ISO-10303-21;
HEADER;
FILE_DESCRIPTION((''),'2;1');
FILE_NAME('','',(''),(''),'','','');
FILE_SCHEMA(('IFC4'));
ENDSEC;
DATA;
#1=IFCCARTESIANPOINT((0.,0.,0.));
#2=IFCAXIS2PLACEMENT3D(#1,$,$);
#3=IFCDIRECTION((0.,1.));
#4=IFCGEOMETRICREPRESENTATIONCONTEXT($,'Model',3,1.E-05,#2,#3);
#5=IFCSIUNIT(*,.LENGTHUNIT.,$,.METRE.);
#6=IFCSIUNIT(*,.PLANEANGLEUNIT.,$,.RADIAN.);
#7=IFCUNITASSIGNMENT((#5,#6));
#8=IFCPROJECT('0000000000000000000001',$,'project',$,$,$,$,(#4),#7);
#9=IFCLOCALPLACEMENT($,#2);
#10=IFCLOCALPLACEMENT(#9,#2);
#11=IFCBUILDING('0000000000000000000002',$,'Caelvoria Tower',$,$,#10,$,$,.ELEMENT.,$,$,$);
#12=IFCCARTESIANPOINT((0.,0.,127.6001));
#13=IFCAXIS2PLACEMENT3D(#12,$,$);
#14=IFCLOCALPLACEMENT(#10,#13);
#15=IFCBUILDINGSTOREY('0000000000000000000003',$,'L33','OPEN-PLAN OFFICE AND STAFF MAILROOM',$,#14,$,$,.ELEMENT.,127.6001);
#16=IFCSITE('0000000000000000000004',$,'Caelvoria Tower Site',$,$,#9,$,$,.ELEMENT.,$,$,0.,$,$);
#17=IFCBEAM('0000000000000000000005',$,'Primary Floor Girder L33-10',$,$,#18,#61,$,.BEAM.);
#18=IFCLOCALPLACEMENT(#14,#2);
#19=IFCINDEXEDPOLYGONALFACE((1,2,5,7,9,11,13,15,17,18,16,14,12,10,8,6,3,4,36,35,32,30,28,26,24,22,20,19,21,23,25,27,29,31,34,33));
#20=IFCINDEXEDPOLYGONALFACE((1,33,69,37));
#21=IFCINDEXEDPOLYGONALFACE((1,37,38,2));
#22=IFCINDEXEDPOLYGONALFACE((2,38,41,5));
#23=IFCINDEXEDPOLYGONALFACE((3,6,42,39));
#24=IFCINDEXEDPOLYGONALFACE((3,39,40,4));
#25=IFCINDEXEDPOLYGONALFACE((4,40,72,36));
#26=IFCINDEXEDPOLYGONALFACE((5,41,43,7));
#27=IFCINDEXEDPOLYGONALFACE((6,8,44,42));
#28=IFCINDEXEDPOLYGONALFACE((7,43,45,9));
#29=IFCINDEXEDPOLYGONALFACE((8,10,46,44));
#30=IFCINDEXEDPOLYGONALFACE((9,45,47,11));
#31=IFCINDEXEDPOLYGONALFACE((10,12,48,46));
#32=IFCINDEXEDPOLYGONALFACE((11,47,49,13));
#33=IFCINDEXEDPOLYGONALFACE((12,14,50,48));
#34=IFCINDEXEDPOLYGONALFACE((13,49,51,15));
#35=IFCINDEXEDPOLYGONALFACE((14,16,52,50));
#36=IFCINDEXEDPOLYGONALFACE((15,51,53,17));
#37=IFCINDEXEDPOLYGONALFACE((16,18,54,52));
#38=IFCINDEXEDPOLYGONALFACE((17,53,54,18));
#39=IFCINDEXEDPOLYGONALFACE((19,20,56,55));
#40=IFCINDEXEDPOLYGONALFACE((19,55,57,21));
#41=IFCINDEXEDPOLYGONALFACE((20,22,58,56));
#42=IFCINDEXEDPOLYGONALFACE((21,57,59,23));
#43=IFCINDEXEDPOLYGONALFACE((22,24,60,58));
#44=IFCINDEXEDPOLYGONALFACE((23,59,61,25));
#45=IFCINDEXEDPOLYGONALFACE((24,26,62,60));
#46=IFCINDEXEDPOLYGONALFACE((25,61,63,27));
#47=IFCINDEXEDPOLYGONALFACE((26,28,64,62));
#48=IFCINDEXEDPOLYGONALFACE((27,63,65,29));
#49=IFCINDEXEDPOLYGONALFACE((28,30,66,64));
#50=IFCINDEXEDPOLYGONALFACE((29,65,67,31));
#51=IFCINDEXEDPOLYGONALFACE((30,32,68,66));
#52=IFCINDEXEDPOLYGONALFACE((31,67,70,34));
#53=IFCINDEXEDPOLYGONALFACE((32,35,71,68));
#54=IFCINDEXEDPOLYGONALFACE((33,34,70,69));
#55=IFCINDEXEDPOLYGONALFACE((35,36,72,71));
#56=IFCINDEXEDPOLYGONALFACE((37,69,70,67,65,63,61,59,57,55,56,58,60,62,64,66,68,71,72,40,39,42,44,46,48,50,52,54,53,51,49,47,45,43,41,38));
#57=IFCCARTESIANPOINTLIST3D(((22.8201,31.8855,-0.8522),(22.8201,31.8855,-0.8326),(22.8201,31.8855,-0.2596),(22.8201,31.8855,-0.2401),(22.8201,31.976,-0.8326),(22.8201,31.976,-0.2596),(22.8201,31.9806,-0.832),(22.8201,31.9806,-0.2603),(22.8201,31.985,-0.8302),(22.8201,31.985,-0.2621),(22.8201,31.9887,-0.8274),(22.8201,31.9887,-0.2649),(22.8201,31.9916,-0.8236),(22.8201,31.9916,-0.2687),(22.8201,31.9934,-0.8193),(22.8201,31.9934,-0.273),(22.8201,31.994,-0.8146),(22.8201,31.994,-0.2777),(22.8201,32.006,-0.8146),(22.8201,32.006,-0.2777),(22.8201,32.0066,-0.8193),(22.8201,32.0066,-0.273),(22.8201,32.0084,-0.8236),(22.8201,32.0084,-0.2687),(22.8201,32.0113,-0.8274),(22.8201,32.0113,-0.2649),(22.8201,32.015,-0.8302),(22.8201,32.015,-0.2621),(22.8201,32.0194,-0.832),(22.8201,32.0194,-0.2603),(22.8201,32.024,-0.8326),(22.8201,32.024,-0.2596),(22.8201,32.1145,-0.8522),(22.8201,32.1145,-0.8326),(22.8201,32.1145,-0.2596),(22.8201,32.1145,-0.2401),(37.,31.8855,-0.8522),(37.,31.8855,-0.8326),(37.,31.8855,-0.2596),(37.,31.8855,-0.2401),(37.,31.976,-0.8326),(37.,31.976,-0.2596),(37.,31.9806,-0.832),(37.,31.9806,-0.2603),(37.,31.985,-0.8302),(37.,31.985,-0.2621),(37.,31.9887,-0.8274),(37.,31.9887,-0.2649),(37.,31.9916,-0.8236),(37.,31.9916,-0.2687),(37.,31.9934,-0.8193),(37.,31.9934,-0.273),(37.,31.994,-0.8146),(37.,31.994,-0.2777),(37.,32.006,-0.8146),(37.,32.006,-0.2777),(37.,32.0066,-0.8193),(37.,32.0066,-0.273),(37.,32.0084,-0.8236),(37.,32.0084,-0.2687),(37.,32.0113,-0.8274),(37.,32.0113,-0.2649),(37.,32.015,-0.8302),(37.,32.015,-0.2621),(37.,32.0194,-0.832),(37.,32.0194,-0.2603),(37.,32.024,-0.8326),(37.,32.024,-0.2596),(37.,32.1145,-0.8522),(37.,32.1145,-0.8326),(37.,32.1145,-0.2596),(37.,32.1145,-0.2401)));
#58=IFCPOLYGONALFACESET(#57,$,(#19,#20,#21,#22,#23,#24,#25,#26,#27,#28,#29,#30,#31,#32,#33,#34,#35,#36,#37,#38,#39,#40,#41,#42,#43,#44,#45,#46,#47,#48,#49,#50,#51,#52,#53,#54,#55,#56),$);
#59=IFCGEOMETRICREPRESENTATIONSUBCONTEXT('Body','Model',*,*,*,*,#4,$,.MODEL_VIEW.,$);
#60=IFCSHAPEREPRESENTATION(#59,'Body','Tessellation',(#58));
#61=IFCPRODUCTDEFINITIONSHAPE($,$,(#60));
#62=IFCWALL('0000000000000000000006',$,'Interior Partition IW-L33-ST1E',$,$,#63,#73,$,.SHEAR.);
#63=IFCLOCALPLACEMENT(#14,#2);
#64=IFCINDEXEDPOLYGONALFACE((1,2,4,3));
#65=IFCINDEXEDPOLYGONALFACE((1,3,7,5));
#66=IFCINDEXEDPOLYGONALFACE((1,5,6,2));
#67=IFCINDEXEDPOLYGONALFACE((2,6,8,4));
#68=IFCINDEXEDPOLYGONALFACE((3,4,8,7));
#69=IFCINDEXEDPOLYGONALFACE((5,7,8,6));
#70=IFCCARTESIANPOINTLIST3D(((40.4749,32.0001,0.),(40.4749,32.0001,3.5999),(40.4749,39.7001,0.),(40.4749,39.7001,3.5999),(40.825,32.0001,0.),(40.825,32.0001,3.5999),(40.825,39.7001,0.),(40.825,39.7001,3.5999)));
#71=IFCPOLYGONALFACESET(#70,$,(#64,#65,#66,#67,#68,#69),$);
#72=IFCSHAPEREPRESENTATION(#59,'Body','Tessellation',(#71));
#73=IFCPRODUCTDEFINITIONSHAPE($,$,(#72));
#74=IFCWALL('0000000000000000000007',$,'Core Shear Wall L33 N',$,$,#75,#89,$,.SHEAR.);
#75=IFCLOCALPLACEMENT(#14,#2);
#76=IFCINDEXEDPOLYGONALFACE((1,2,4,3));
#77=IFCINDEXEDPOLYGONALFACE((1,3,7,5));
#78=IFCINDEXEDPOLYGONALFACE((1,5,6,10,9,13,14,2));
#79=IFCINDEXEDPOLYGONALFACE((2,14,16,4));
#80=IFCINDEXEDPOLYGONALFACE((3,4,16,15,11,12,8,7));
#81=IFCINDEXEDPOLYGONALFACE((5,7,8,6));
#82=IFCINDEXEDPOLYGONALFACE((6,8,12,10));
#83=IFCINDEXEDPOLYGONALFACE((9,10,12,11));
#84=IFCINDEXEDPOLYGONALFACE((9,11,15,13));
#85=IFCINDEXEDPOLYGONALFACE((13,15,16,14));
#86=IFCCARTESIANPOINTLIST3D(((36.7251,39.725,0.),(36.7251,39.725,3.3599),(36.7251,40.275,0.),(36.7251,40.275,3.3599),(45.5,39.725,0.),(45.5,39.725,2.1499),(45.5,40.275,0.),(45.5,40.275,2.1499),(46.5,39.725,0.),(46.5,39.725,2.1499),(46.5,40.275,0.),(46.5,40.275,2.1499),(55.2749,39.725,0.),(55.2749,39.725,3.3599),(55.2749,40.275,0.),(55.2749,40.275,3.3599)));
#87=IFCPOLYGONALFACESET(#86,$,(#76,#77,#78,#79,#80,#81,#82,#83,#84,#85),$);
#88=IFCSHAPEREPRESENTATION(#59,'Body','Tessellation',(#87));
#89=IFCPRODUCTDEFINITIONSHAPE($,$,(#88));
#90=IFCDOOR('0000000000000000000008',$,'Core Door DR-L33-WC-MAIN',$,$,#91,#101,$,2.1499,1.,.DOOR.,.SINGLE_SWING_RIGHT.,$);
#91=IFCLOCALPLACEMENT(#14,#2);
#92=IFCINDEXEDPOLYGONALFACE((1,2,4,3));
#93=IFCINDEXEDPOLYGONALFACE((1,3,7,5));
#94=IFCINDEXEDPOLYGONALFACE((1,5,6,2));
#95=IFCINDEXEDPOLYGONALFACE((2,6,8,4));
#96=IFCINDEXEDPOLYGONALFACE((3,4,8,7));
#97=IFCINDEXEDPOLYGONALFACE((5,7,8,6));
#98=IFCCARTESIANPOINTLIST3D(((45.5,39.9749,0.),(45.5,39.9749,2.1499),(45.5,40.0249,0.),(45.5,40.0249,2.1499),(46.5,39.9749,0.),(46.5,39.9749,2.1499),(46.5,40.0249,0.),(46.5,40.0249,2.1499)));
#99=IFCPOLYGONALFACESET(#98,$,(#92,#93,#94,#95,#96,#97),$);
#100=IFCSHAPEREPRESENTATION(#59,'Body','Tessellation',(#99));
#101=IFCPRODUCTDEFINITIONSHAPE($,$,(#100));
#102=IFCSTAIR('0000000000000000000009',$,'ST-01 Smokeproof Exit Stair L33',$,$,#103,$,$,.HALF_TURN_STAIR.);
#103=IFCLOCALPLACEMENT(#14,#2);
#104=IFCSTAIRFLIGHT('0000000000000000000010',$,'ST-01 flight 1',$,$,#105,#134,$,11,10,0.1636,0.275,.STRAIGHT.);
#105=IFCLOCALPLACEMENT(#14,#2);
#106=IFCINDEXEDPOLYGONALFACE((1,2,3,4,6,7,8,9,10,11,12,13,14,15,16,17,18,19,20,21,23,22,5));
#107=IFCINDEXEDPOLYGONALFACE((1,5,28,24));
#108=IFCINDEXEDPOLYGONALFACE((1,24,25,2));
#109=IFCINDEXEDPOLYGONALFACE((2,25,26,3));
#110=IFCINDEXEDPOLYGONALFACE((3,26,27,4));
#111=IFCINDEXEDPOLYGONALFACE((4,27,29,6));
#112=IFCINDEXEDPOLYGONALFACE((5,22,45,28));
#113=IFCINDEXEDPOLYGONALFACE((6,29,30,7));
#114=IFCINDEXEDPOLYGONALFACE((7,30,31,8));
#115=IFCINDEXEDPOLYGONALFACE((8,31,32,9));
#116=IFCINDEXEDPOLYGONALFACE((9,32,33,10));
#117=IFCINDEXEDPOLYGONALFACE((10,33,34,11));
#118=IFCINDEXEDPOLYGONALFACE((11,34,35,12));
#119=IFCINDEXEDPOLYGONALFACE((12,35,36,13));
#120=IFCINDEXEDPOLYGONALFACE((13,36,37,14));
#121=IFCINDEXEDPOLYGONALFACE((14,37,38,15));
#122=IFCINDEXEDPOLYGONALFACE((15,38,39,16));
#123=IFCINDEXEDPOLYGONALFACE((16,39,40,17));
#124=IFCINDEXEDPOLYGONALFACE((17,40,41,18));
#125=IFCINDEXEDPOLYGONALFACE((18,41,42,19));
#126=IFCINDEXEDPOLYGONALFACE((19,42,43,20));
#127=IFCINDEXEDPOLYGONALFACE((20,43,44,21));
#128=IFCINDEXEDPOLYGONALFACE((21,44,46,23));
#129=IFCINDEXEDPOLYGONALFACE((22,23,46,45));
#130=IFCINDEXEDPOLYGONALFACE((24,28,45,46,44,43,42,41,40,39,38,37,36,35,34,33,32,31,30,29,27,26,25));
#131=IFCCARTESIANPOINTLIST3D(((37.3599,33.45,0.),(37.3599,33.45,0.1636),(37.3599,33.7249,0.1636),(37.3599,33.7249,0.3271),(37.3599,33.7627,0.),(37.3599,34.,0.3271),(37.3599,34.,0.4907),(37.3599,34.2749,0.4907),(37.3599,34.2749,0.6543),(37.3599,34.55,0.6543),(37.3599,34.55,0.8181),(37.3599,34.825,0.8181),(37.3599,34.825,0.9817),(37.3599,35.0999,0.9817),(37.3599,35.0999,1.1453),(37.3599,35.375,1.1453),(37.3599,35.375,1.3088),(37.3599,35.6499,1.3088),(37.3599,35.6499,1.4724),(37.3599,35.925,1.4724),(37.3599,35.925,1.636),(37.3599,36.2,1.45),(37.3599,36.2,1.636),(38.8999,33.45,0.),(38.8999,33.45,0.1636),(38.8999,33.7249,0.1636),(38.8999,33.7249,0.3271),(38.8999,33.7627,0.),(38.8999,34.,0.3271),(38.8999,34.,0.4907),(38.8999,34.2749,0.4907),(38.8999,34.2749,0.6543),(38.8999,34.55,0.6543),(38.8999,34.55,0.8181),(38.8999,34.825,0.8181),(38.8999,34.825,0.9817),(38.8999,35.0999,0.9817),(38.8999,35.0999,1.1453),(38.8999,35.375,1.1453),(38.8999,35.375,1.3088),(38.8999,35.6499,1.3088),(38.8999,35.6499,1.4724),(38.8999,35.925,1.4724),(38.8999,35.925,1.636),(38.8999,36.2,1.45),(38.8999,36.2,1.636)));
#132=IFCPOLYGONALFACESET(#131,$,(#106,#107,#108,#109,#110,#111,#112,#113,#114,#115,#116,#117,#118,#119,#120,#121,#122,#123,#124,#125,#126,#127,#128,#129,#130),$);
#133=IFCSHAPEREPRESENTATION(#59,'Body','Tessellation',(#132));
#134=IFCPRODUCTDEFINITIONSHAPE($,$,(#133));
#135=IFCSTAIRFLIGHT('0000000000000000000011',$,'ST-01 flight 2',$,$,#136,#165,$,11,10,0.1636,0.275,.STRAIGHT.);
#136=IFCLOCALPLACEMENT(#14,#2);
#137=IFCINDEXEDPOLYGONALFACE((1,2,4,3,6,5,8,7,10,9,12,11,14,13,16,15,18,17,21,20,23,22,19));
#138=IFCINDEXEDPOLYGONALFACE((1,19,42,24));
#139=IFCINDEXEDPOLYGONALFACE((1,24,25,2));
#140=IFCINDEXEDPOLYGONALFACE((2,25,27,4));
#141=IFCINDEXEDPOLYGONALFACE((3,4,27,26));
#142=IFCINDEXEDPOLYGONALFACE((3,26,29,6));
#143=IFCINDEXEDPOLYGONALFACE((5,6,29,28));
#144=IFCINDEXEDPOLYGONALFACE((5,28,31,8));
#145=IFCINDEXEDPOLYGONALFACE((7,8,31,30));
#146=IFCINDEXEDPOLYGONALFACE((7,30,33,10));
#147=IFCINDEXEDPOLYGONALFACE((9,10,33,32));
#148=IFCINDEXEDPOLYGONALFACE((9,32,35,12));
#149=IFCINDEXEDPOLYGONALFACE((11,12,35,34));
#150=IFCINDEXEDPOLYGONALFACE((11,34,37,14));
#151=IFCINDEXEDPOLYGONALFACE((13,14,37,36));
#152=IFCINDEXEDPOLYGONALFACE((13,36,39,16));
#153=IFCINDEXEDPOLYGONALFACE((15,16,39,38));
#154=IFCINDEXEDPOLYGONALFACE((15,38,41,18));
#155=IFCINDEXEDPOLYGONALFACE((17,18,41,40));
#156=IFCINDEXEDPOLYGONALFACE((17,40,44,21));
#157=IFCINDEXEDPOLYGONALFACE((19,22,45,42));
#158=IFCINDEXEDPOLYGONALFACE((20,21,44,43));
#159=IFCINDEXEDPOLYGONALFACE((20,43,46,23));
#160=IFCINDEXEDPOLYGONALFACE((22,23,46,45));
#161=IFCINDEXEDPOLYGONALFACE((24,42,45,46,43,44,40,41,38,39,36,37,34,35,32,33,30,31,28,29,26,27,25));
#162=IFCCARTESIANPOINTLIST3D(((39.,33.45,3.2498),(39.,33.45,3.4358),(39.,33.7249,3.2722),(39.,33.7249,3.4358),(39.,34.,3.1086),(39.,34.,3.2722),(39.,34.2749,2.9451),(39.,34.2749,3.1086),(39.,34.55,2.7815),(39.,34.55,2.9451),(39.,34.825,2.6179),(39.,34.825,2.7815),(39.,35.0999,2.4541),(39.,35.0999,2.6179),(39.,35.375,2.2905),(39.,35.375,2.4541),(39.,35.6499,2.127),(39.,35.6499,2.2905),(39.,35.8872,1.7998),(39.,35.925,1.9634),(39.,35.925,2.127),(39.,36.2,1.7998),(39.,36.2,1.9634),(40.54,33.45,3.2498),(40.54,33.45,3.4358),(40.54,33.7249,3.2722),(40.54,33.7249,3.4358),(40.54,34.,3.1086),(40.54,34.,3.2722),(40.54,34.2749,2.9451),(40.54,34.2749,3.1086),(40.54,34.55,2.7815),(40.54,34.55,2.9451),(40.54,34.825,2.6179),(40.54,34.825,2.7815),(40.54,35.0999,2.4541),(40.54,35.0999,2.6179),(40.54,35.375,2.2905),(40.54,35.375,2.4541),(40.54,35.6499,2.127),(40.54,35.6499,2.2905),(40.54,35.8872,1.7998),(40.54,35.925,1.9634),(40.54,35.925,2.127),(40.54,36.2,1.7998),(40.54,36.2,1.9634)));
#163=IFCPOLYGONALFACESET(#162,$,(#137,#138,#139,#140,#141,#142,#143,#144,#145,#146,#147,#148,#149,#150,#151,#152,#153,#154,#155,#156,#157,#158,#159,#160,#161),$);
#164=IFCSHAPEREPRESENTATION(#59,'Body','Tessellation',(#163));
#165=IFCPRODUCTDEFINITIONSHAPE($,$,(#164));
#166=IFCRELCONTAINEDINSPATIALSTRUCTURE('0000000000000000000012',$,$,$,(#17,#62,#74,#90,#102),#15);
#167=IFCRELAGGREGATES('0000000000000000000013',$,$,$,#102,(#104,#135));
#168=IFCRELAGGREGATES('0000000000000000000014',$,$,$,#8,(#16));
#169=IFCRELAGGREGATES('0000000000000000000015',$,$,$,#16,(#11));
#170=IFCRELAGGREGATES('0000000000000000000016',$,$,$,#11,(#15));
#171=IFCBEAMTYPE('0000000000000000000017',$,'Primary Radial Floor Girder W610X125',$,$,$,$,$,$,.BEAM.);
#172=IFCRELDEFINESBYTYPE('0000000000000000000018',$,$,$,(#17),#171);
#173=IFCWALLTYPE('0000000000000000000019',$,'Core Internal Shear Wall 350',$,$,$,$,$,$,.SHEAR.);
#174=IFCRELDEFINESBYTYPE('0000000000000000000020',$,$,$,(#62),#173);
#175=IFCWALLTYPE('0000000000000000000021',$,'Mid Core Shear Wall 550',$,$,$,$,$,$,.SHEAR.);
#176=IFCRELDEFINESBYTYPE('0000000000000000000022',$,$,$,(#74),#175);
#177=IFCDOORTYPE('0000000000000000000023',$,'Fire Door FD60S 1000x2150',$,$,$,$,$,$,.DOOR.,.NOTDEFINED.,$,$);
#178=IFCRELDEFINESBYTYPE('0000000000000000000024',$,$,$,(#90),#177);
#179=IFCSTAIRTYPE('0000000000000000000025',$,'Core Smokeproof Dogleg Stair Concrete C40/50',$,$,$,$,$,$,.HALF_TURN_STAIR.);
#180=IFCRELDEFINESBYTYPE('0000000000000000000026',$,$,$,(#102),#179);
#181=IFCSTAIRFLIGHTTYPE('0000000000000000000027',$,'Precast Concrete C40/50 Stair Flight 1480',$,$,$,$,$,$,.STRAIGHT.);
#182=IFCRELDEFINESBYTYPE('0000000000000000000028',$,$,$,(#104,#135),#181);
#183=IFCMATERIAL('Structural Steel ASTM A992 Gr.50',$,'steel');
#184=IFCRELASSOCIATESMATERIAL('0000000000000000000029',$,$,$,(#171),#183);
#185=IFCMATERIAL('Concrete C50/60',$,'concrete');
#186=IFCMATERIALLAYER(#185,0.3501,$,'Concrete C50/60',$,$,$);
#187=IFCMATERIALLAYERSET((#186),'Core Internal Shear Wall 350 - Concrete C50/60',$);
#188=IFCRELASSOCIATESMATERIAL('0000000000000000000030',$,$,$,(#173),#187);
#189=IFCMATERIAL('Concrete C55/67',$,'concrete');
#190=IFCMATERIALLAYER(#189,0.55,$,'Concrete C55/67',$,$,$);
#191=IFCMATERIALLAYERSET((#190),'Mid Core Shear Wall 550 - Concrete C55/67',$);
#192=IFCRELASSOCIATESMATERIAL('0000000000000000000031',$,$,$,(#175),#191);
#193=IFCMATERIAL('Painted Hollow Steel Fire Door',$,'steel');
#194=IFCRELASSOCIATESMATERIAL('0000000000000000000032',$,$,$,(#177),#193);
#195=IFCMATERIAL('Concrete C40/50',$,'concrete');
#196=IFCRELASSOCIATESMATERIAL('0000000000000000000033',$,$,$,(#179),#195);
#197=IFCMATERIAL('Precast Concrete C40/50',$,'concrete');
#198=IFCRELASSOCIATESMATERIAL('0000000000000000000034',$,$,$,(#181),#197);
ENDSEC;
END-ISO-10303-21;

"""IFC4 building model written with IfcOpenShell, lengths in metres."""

from ifc_helpers import new_model, si_unit, direction, frame, frame_2d, origin, origin_2d, place, context, subcontext, project, spatial, polyline, rectangle, i_section, outline, extrude, material, layer, layer_set, material_profile, profile_set, type_object, element, fill, aggregate, save


model = new_model("IFC4")

# Units and contexts
model_context = context("Model", 3, precision=1e-05, world=origin(), true_north=direction((0.0, 1.0)))
body_context = subcontext(model_context, "Body", "Model", "MODEL_VIEW")
ifc_project = project(units=[si_unit("LENGTHUNIT", "METRE"), si_unit("PLANEANGLEUNIT", "RADIAN")], contexts=[model_context])

# Site, building, storey
site_placement = place(None, origin())
site = spatial("IfcSite", under=ifc_project, at=site_placement, Name="Caelvoria Tower Site", CompositionType="ELEMENT", RefElevation=0.0)
building_placement = place(site_placement, origin())
building = spatial("IfcBuilding", under=site, at=building_placement, Name="Caelvoria Tower", CompositionType="ELEMENT")
storey_placement = place(building_placement, frame((0.0, 0.0, 127.6001)))
storey = spatial("IfcBuildingStorey", under=building, at=storey_placement, Name="L33", Description="OPEN-PLAN OFFICE AND STAFF MAILROOM", CompositionType="ELEMENT", Elevation=127.6001)

# Beam
ifc_material_1 = material(Name="Structural Steel ASTM A992 Gr.50", Category="steel")
ifc_material_profile_1 = material_profile(ifc_material_1, i_section(OverallWidth=0.229, OverallDepth=0.6121, WebThickness=0.012, FlangeThickness=0.0195, FilletRadius=0.0181, at=origin_2d()), Name="Structural Steel ASTM A992 Gr.50")
ifc_profile_set_1 = profile_set([ifc_material_profile_1], Name="W610X125 - Structural Steel ASTM A992 Gr.50")
beam_type_1 = type_object("IfcBeamType", Name="Primary Radial Floor Girder W610X125", PredefinedType="BEAM", material=ifc_profile_set_1)
beam_1_placement = place(storey_placement, frame((37.0, 32.0, -0.5461), z_axis=(-1.0, 0.0, 0.0), x_axis=(0.0, -1.0, 0.0)))
element("IfcBeam", 1, at=beam_1_placement, inside=storey, type_object=beam_type_1, Name="Primary Floor Girder L33-10", PredefinedType="BEAM", context=body_context, shape_type="SweptSolid", body=[
    extrude(i_section(OverallWidth=0.229, OverallDepth=0.6121, WebThickness=0.012, FlangeThickness=0.0195, FilletRadius=0.0181, at=origin_2d()), origin(), (0.0, 0.0, 1.0), 14.1799),
])

# Wall
ifc_material_2 = material(Name="Concrete C50/60", Category="concrete")
ifc_layer_1 = layer(ifc_material_2, 0.3501, Name="Concrete C50/60")
ifc_layer_set_1 = layer_set([ifc_layer_1], Name="Core Internal Shear Wall 350 - Concrete C50/60")
wall_type_1 = type_object("IfcWallType", Name="Core Internal Shear Wall 350", PredefinedType="SHEAR", material=ifc_layer_set_1)
wall_1_placement = place(storey_placement, frame((40.6499, 32.0, 0.0), z_axis=(0.0, 0.0, 1.0), x_axis=(0.0, 1.0, 0.0)))
element("IfcWall", 2, at=wall_1_placement, inside=storey, type_object=wall_type_1, Name="Interior Partition IW-L33-ST1E", PredefinedType="SHEAR", context=body_context, shape_type="SweptSolid", body=[
    extrude(rectangle(XDim=7.7, YDim=0.3501, at=frame_2d((3.8501, 0.0))), origin(), (0.0, 0.0, 1.0), 3.5999),
])

# Wall, opening, door
ifc_material_3 = material(Name="Concrete C55/67", Category="concrete")
ifc_layer_2 = layer(ifc_material_3, 0.55, Name="Concrete C55/67")
ifc_layer_set_2 = layer_set([ifc_layer_2], Name="Mid Core Shear Wall 550 - Concrete C55/67")
wall_type_2 = type_object("IfcWallType", Name="Mid Core Shear Wall 550", PredefinedType="SHEAR", material=ifc_layer_set_2)
wall_2_placement = place(storey_placement, frame((36.7251, 40.0, 0.0), z_axis=(0.0, 0.0, 1.0), x_axis=(1.0, 0.0, 0.0)))
wall_2 = element("IfcWall", 3, at=wall_2_placement, inside=storey, type_object=wall_type_2, Name="Core Shear Wall L33 N", PredefinedType="SHEAR", context=body_context, shape_type="SweptSolid", body=[
    extrude(rectangle(XDim=18.5498, YDim=0.55, at=frame_2d((9.2749, 0.0))), origin(), (0.0, 0.0, 1.0), 3.3599),
])
opening_1_placement = place(wall_2_placement, frame((8.7749, 0.0, 0.0)))
opening_1 = element("IfcOpeningElement", 4, at=opening_1_placement, cuts=wall_2, PredefinedType="OPENING", context=body_context, shape_type="SweptSolid", body=[
    extrude(rectangle(XDim=1.0, YDim=2.1499, at=frame_2d((0.5, 1.075))), frame((0.0, 0.2849, 0.0), z_axis=(0.0, -1.0, 0.0), x_axis=(1.0, 0.0, 0.0)), (0.0, 0.0, 1.0), 0.5701),
])
ifc_material_4 = material(Name="Painted Hollow Steel Fire Door", Category="steel")
door_type_1 = type_object("IfcDoorType", Name="Fire Door FD60S 1000x2150", OperationType="NOTDEFINED", PredefinedType="DOOR", material=ifc_material_4)
door_1_placement = place(opening_1_placement, origin())
door_1 = element("IfcDoor", 5, at=door_1_placement, inside=storey, type_object=door_type_1, Name="Core Door DR-L33-WC-MAIN", OperationType="SINGLE_SWING_RIGHT", OverallHeight=2.1499, OverallWidth=1.0, PredefinedType="DOOR", context=body_context, shape_type="SweptSolid", body=[
    extrude(rectangle(XDim=1.0, YDim=2.1499, at=frame_2d((0.5, 1.075))), frame((0.0, 0.0249, 0.0), z_axis=(0.0, -1.0, 0.0), x_axis=(1.0, 0.0, 0.0)), (0.0, 0.0, 1.0), 0.05),
])
fill(opening_1, door_1)

# Stair, stair flights
ifc_material_5 = material(Name="Concrete C40/50", Category="concrete")
stair_type = type_object("IfcStairType", Name="Core Smokeproof Dogleg Stair Concrete C40/50", PredefinedType="HALF_TURN_STAIR", material=ifc_material_5)
stair_placement = place(storey_placement, origin())
stair = element("IfcStair", 6, at=stair_placement, inside=storey, type_object=stair_type, Name="ST-01 Smokeproof Exit Stair L33", PredefinedType="HALF_TURN_STAIR")
ifc_material_6 = material(Name="Precast Concrete C40/50", Category="concrete")
stair_flight_type = type_object("IfcStairFlightType", Name="Precast Concrete C40/50 Stair Flight 1480", PredefinedType="STRAIGHT", material=ifc_material_6)
stair_flight_1_placement = place(storey_placement, frame((38.1299, 33.45, 0.0), z_axis=(0.0, 0.0, 1.0), x_axis=(0.0, 1.0, 0.0)))
stair_flight_1 = element("IfcStairFlight", 7, at=stair_flight_1_placement, type_object=stair_flight_type, Name="ST-01 flight 1", NumberOfRisers=11, NumberOfTreads=10, PredefinedType="STRAIGHT", RiserHeight=0.1636, TreadLength=0.275, context=body_context, shape_type="SweptSolid", body=[
    extrude(outline(polyline([(0.0, 0.0), (0.0, 0.1636), (0.2749, 0.1636), (0.2749, 0.3271), (0.55, 0.3271), (0.55, 0.4907), (0.825, 0.4907), (0.825, 0.6543), (1.1001, 0.6543), (1.1001, 0.8181), (1.375, 0.8181), (1.375, 0.9817), (1.6499, 0.9817), (1.6499, 1.1453), (1.925, 1.1453), (1.925, 1.3088), (2.2, 1.3088), (2.2, 1.4724), (2.4751, 1.4724), (2.4751, 1.636), (2.75, 1.636), (2.75, 1.7996), (2.75, 1.45), (0.3127, 0.0), (0.0, 0.0)])), frame((0.0, 0.77, 0.0), z_axis=(0.0, -1.0, 0.0), x_axis=(1.0, 0.0, 0.0)), (0.0, 0.0, 1.0), 1.54),
])
stair_flight_2_placement = place(storey_placement, frame((39.77, 36.2, 1.7998), z_axis=(0.0, 0.0, 1.0), x_axis=(0.0, -1.0, 0.0)))
stair_flight_2 = element("IfcStairFlight", 8, at=stair_flight_2_placement, type_object=stair_flight_type, Name="ST-01 flight 2", NumberOfRisers=11, NumberOfTreads=10, PredefinedType="STRAIGHT", RiserHeight=0.1636, TreadLength=0.275, context=body_context, shape_type="SweptSolid", body=[
    extrude(outline(polyline([(0.0, 0.0), (0.0, 0.1636), (0.2749, 0.1636), (0.2749, 0.3271), (0.55, 0.3271), (0.55, 0.4907), (0.825, 0.4907), (0.825, 0.6543), (1.1001, 0.6543), (1.1001, 0.8181), (1.375, 0.8181), (1.375, 0.9817), (1.6499, 0.9817), (1.6499, 1.1453), (1.925, 1.1453), (1.925, 1.3088), (2.2, 1.3088), (2.2, 1.4724), (2.4751, 1.4724), (2.4751, 1.636), (2.75, 1.636), (2.75, 1.7996), (2.75, 1.45), (0.3127, 0.0), (0.0, 0.0)])), frame((0.0, 0.77, 0.0), z_axis=(0.0, -1.0, 0.0), x_axis=(1.0, 0.0, 0.0)), (0.0, 0.0, 1.0), 1.54),
])
aggregate(stair, [stair_flight_1, stair_flight_2])

save(model, "model.ifc")
